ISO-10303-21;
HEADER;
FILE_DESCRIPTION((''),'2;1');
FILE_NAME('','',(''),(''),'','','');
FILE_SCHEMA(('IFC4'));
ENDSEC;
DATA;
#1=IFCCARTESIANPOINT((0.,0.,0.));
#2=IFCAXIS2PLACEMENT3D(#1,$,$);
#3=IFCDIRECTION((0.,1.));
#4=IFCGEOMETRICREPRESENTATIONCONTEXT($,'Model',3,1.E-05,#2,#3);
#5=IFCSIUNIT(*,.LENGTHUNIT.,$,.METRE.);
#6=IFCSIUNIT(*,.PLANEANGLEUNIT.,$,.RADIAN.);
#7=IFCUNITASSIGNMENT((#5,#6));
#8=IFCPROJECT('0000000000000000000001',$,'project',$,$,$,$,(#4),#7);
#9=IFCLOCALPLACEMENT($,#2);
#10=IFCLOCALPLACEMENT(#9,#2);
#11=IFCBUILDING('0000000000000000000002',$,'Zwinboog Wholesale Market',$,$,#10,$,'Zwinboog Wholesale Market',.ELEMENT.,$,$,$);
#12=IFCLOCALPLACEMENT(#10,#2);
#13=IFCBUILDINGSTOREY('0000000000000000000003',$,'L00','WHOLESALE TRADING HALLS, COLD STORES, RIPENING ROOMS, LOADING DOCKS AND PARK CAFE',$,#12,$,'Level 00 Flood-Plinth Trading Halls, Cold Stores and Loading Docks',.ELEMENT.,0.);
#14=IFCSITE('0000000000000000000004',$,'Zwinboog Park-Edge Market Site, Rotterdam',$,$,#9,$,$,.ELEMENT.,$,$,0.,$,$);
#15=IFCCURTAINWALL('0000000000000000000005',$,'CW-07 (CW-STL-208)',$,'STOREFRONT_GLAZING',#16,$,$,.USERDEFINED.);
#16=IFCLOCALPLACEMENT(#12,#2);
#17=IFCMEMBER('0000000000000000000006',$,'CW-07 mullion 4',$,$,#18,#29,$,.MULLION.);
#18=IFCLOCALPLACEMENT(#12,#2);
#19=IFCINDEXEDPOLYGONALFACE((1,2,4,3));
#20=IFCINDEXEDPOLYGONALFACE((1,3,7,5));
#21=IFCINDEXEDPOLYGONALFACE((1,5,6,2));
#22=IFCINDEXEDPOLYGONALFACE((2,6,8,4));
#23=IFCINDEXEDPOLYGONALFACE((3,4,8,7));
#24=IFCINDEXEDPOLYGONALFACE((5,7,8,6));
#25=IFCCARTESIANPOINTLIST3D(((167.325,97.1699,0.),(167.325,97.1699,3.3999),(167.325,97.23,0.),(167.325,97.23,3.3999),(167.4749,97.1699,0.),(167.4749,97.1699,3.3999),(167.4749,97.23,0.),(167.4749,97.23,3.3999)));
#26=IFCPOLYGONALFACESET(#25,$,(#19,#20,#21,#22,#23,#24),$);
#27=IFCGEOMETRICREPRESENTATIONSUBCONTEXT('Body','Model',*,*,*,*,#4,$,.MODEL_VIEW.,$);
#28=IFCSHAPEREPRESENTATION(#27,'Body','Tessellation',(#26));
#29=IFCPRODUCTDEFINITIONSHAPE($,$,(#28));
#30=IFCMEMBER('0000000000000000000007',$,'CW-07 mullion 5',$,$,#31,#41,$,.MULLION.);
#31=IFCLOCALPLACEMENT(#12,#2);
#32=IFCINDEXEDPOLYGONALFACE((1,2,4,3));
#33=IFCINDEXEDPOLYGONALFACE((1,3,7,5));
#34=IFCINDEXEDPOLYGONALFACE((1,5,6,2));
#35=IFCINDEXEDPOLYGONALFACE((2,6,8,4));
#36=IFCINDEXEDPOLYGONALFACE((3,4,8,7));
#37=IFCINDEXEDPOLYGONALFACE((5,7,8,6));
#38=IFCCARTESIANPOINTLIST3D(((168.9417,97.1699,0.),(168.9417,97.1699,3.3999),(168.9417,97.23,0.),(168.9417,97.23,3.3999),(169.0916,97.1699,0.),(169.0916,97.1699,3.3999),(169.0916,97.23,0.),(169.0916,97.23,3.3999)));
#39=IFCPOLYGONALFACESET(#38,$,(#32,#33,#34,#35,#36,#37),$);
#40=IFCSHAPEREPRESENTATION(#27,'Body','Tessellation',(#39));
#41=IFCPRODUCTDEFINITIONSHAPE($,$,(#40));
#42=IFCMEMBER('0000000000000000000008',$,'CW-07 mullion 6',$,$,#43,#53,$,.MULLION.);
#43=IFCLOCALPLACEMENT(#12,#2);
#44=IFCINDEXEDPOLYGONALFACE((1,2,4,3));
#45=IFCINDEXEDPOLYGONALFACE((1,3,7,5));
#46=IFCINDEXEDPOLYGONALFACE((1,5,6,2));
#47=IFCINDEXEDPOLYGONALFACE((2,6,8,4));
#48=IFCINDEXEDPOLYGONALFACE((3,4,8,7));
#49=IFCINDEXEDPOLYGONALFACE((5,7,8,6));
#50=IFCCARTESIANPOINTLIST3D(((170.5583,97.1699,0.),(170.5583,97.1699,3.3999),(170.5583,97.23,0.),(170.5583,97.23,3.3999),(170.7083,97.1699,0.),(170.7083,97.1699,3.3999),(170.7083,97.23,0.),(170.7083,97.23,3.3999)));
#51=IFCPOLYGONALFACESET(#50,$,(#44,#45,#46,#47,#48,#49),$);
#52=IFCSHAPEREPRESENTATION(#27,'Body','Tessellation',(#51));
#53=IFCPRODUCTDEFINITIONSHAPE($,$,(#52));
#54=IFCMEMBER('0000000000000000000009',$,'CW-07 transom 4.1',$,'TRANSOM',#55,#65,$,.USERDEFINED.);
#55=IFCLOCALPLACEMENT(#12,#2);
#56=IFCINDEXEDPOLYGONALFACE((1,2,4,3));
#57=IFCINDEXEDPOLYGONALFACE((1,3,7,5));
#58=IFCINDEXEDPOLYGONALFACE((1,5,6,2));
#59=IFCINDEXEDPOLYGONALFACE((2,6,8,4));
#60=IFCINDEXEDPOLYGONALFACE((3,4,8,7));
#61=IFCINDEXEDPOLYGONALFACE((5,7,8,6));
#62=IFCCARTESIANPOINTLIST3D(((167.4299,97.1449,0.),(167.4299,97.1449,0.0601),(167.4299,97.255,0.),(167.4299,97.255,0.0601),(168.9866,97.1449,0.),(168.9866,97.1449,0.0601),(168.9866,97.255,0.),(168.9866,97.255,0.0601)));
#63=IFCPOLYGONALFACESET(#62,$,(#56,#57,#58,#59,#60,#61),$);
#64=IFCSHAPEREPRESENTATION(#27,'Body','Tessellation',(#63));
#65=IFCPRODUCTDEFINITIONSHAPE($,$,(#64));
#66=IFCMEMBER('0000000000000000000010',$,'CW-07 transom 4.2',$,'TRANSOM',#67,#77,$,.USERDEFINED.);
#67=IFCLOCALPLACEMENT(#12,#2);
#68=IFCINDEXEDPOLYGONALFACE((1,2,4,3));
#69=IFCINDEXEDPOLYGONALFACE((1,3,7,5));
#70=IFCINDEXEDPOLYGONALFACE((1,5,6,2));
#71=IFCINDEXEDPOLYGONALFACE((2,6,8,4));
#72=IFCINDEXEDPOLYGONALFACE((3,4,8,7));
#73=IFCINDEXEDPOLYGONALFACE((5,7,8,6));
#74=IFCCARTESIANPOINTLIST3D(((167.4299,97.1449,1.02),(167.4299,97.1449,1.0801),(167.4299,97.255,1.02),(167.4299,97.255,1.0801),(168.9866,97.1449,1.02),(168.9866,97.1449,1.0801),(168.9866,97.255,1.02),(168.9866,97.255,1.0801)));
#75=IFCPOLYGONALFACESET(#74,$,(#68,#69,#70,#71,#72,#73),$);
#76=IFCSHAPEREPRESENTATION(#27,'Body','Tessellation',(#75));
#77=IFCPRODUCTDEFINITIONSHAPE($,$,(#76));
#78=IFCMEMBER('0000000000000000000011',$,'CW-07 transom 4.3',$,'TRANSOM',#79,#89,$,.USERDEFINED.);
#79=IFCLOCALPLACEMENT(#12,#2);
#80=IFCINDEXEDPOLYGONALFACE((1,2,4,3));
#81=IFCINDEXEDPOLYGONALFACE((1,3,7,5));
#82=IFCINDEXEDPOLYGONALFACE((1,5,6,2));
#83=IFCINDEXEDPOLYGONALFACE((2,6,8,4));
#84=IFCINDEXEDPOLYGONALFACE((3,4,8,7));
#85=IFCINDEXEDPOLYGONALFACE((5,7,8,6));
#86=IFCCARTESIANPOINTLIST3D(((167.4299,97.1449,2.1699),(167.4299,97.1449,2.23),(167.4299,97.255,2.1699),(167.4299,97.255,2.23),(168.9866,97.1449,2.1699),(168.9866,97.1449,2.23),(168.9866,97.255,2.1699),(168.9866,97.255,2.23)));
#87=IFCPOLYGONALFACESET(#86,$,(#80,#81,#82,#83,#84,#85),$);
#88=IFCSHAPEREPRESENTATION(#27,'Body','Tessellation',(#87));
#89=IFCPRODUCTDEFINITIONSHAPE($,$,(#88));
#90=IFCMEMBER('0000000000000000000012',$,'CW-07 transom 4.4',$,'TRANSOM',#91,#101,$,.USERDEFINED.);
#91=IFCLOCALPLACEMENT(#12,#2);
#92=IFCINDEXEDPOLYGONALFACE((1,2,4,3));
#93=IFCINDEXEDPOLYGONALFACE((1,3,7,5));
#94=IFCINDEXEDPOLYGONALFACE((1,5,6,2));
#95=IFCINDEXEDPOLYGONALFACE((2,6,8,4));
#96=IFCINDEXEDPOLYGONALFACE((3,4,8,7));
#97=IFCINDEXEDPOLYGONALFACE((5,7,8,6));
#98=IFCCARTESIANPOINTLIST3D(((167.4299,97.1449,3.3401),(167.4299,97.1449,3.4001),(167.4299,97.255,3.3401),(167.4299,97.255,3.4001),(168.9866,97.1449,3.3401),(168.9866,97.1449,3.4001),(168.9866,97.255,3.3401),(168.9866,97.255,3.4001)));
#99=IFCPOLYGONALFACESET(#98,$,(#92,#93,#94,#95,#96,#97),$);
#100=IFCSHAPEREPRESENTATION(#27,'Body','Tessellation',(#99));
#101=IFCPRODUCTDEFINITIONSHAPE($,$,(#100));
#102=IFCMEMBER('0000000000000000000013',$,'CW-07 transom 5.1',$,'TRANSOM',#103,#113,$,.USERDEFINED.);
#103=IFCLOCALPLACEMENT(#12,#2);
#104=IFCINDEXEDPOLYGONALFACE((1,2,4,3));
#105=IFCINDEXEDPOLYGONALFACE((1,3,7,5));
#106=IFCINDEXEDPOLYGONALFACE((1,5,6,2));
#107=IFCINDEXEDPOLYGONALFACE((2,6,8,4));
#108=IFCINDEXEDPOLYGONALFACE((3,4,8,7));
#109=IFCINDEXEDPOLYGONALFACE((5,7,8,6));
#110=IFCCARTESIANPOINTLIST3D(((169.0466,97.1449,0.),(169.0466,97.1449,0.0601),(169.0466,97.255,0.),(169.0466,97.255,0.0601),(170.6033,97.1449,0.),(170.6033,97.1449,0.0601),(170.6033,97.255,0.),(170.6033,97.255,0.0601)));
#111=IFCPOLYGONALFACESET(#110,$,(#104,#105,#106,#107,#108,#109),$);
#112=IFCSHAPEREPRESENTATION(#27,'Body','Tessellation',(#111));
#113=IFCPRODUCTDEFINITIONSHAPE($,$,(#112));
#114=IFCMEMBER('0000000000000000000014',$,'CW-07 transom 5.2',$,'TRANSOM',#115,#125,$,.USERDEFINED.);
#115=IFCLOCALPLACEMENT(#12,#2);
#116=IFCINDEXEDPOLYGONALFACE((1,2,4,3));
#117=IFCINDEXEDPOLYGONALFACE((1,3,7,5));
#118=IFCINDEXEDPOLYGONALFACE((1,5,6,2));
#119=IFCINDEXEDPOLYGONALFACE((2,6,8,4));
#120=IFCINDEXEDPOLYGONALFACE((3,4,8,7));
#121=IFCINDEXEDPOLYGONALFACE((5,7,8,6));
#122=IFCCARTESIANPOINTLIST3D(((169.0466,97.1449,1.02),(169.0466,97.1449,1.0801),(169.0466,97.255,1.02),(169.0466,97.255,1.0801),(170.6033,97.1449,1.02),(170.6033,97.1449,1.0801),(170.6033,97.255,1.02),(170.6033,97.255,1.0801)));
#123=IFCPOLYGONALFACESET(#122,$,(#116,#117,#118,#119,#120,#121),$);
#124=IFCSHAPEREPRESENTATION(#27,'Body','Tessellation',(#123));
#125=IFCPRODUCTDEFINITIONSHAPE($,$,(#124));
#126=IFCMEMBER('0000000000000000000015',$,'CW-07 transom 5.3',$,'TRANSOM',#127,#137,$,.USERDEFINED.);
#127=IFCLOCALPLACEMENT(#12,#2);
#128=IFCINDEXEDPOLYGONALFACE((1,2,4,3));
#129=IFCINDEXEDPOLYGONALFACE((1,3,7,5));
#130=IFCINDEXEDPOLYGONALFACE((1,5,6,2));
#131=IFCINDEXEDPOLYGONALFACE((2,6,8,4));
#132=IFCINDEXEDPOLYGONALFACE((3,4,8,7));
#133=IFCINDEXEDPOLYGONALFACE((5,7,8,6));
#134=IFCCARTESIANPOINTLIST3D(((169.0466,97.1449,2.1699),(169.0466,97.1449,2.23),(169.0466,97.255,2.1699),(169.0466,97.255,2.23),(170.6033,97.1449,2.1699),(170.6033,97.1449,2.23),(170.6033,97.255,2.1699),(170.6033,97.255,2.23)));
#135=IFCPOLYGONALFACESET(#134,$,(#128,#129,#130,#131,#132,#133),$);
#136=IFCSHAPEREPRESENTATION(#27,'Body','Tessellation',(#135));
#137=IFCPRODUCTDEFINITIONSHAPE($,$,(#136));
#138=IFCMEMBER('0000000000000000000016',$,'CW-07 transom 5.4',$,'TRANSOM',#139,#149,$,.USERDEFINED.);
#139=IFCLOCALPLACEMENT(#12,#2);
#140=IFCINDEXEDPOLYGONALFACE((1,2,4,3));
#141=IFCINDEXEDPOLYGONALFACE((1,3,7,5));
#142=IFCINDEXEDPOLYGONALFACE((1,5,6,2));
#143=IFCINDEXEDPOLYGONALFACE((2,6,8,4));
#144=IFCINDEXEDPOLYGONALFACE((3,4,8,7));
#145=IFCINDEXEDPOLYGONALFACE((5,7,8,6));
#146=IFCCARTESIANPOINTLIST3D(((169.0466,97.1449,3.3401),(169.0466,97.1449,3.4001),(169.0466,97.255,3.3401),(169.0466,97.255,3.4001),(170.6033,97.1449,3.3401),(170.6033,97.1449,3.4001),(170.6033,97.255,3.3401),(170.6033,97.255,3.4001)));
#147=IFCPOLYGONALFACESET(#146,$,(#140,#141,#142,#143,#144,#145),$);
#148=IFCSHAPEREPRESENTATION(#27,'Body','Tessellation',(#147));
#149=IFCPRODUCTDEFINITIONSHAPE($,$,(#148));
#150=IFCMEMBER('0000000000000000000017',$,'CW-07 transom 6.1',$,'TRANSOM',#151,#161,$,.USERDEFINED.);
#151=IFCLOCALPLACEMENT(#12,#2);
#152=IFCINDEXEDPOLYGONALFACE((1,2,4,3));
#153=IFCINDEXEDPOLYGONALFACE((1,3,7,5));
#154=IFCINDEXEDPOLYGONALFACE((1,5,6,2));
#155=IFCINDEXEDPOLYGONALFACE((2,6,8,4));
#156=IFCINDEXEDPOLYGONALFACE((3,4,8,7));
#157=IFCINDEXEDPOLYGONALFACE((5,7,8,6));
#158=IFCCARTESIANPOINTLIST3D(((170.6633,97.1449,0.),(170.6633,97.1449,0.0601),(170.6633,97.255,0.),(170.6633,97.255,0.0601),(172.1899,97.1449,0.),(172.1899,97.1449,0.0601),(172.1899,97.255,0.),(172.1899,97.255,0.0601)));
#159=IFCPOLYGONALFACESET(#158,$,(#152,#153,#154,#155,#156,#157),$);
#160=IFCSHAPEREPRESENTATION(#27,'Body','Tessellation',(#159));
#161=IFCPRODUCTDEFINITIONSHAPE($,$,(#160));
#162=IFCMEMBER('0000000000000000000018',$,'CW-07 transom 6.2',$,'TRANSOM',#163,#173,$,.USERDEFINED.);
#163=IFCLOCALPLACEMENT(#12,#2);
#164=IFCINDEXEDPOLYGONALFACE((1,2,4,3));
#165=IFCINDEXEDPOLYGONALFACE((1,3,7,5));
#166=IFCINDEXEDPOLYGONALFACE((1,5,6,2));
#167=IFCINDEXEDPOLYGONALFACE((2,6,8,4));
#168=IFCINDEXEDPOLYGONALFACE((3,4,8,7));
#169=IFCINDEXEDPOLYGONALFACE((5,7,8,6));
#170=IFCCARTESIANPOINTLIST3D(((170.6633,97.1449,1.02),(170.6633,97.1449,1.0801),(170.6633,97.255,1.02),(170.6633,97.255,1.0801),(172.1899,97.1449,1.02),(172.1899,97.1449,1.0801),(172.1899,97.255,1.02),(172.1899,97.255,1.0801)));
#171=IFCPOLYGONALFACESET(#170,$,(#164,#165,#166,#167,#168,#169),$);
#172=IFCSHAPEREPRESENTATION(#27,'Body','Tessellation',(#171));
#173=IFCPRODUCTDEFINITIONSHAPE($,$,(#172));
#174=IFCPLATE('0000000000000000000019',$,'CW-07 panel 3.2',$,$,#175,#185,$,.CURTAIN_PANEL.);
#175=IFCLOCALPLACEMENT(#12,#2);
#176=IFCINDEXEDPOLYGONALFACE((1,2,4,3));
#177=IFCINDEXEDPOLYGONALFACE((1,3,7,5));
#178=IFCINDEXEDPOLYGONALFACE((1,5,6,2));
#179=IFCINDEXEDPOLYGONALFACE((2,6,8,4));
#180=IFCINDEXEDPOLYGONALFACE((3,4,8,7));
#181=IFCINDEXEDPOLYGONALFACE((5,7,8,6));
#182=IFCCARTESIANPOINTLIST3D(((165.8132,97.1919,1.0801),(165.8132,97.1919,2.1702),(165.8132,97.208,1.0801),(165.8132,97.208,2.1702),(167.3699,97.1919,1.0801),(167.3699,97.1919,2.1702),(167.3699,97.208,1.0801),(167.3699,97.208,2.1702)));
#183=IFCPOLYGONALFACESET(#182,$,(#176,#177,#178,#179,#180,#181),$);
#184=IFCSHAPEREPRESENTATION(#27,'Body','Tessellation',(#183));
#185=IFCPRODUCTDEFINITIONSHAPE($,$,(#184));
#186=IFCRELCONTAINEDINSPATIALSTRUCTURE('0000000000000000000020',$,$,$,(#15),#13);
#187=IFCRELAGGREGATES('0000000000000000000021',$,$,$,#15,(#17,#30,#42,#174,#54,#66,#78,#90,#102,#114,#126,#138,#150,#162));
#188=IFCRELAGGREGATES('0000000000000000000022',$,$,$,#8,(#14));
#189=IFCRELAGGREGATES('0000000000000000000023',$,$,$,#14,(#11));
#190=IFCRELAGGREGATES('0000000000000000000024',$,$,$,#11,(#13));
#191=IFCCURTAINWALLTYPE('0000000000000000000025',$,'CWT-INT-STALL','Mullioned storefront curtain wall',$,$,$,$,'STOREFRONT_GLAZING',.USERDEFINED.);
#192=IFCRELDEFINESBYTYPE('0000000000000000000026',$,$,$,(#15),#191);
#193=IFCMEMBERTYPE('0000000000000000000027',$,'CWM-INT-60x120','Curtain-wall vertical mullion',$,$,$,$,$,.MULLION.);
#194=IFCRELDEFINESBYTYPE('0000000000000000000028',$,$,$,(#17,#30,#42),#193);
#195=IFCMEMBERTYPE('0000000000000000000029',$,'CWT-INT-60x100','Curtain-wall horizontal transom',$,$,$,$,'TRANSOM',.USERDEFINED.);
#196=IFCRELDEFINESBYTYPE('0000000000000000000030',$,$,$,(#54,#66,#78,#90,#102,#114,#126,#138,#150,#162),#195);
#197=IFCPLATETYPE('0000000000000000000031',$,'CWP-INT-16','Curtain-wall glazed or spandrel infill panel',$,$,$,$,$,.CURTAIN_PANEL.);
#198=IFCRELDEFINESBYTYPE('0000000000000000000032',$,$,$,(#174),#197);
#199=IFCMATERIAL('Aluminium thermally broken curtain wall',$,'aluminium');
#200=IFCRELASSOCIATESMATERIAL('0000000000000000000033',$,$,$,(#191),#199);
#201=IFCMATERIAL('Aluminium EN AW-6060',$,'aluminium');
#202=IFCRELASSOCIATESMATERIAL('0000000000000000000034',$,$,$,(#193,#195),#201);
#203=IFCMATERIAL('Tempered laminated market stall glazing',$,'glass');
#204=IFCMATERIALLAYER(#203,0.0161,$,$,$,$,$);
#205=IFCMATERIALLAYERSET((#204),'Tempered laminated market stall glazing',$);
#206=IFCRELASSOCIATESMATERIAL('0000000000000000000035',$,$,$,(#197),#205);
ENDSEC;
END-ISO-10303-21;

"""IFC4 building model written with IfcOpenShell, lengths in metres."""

from ifc_helpers import new_model, si_unit, direction, frame, origin, origin_2d, place, context, subcontext, project, spatial, rectangle, extrude, material, layer, layer_set, material_profile, profile_set, type_object, element, aggregate, save


model = new_model("IFC4")

# Units and contexts
model_context = context("Model", 3, precision=1e-05, world=origin(), true_north=direction((0.0, 1.0)))
body_context = subcontext(model_context, "Body", "Model", "MODEL_VIEW")
ifc_project = project(units=[si_unit("LENGTHUNIT", "METRE"), si_unit("PLANEANGLEUNIT", "RADIAN")], contexts=[model_context])

# Site, building, storey
site_placement = place(None, origin())
site = spatial("IfcSite", under=ifc_project, at=site_placement, Name="Zwinboog Park-Edge Market Site, Rotterdam", CompositionType="ELEMENT", RefElevation=0.0)
building_placement = place(site_placement, origin())
building = spatial("IfcBuilding", under=site, at=building_placement, Name="Zwinboog Wholesale Market", LongName="Zwinboog Wholesale Market", CompositionType="ELEMENT")
storey_placement = place(building_placement, origin())
storey = spatial("IfcBuildingStorey", under=building, at=storey_placement, Name="L00", Description="WHOLESALE TRADING HALLS, COLD STORES, RIPENING ROOMS, LOADING DOCKS AND PARK CAFE", LongName="Level 00 Flood-Plinth Trading Halls, Cold Stores and Loading Docks", CompositionType="ELEMENT", Elevation=0.0)

# Curtain wall, members, plate
ifc_material_1 = material(Name="Aluminium thermally broken curtain wall", Category="aluminium")
curtain_wall_type = type_object("IfcCurtainWallType", Name="CWT-INT-STALL", Description="Mullioned storefront curtain wall", ElementType="STOREFRONT_GLAZING", PredefinedType="USERDEFINED", material=ifc_material_1)
curtain_wall_placement = place(storey_placement, origin())
curtain_wall = element("IfcCurtainWall", 1, at=curtain_wall_placement, inside=storey, type_object=curtain_wall_type, Name="CW-07 (CW-STL-208)", ObjectType="STOREFRONT_GLAZING", PredefinedType="USERDEFINED")
ifc_material_2 = material(Name="Aluminium EN AW-6060", Category="aluminium")
ifc_material_profile_1 = material_profile(ifc_material_2, rectangle(XDim=0.0601, YDim=0.1499, at=origin_2d()), Name="AL 60x150")
ifc_profile_set_1 = profile_set([ifc_material_profile_1], Name="Aluminium EN AW-6060")
member_type_1 = type_object("IfcMemberType", Name="CWM-INT-60x120", Description="Curtain-wall vertical mullion", PredefinedType="MULLION", material=ifc_profile_set_1)
member_1_placement = place(storey_placement, frame((167.3999, 97.2, 0.0), z_axis=(0.0, 0.0, 1.0), x_axis=(0.0, 1.0, 0.0)))
member_1 = element("IfcMember", 2, at=member_1_placement, type_object=member_type_1, Name="CW-07 mullion 4", PredefinedType="MULLION", context=body_context, shape_type="SweptSolid", body=[
    extrude(rectangle(XDim=0.0601, YDim=0.1499, at=origin_2d()), origin(), (0.0, 0.0, 1.0), 3.3999),
])
member_2_placement = place(storey_placement, frame((169.0166, 97.2, 0.0), z_axis=(0.0, 0.0, 1.0), x_axis=(0.0, 1.0, 0.0)))
member_2 = element("IfcMember", 3, at=member_2_placement, type_object=member_type_1, Name="CW-07 mullion 5", PredefinedType="MULLION", context=body_context, shape_type="SweptSolid", body=[
    extrude(rectangle(XDim=0.0601, YDim=0.1499, at=origin_2d()), origin(), (0.0, 0.0, 1.0), 3.3999),
])
member_3_placement = place(storey_placement, frame((170.6333, 97.2, 0.0), z_axis=(0.0, 0.0, 1.0), x_axis=(0.0, 1.0, 0.0)))
member_3 = element("IfcMember", 4, at=member_3_placement, type_object=member_type_1, Name="CW-07 mullion 6", PredefinedType="MULLION", context=body_context, shape_type="SweptSolid", body=[
    extrude(rectangle(XDim=0.0601, YDim=0.1499, at=origin_2d()), origin(), (0.0, 0.0, 1.0), 3.3999),
])
ifc_material_profile_2 = material_profile(ifc_material_2, rectangle(XDim=0.1101, YDim=0.0601, at=origin_2d()), Name="AL 60x110")
ifc_profile_set_2 = profile_set([ifc_material_profile_2], Name="Aluminium EN AW-6060")
member_type_2 = type_object("IfcMemberType", Name="CWT-INT-60x100", Description="Curtain-wall horizontal transom", ElementType="TRANSOM", PredefinedType="USERDEFINED", material=ifc_profile_set_2)
member_4_placement = place(storey_placement, frame((167.4299, 97.2, 0.03), z_axis=(1.0, 0.0, 0.0), x_axis=(0.0, 1.0, 0.0)))
member_4 = element("IfcMember", 5, at=member_4_placement, type_object=member_type_2, Name="CW-07 transom 4.1", ObjectType="TRANSOM", PredefinedType="USERDEFINED", context=body_context, shape_type="SweptSolid", body=[
    extrude(rectangle(XDim=0.1101, YDim=0.0601, at=origin_2d()), origin(), (0.0, 0.0, 1.0), 1.5566),
])
member_5_placement = place(storey_placement, frame((167.4299, 97.2, 1.05), z_axis=(1.0, 0.0, 0.0), x_axis=(0.0, 1.0, 0.0)))
member_5 = element("IfcMember", 6, at=member_5_placement, type_object=member_type_2, Name="CW-07 transom 4.2", ObjectType="TRANSOM", PredefinedType="USERDEFINED", context=body_context, shape_type="SweptSolid", body=[
    extrude(rectangle(XDim=0.1101, YDim=0.0601, at=origin_2d()), origin(), (0.0, 0.0, 1.0), 1.5566),
])
member_6_placement = place(storey_placement, frame((167.4299, 97.2, 2.2), z_axis=(1.0, 0.0, 0.0), x_axis=(0.0, 1.0, 0.0)))
member_6 = element("IfcMember", 7, at=member_6_placement, type_object=member_type_2, Name="CW-07 transom 4.3", ObjectType="TRANSOM", PredefinedType="USERDEFINED", context=body_context, shape_type="SweptSolid", body=[
    extrude(rectangle(XDim=0.1101, YDim=0.0601, at=origin_2d()), origin(), (0.0, 0.0, 1.0), 1.5566),
])
member_7_placement = place(storey_placement, frame((167.4299, 97.2, 3.3701), z_axis=(1.0, 0.0, 0.0), x_axis=(0.0, 1.0, 0.0)))
member_7 = element("IfcMember", 8, at=member_7_placement, type_object=member_type_2, Name="CW-07 transom 4.4", ObjectType="TRANSOM", PredefinedType="USERDEFINED", context=body_context, shape_type="SweptSolid", body=[
    extrude(rectangle(XDim=0.1101, YDim=0.0601, at=origin_2d()), origin(), (0.0, 0.0, 1.0), 1.5566),
])
member_8_placement = place(storey_placement, frame((169.0466, 97.2, 0.03), z_axis=(1.0, 0.0, 0.0), x_axis=(0.0, 1.0, 0.0)))
member_8 = element("IfcMember", 9, at=member_8_placement, type_object=member_type_2, Name="CW-07 transom 5.1", ObjectType="TRANSOM", PredefinedType="USERDEFINED", context=body_context, shape_type="SweptSolid", body=[
    extrude(rectangle(XDim=0.1101, YDim=0.0601, at=origin_2d()), origin(), (0.0, 0.0, 1.0), 1.5566),
])
member_9_placement = place(storey_placement, frame((169.0466, 97.2, 1.05), z_axis=(1.0, 0.0, 0.0), x_axis=(0.0, 1.0, 0.0)))
member_9 = element("IfcMember", 10, at=member_9_placement, type_object=member_type_2, Name="CW-07 transom 5.2", ObjectType="TRANSOM", PredefinedType="USERDEFINED", context=body_context, shape_type="SweptSolid", body=[
    extrude(rectangle(XDim=0.1101, YDim=0.0601, at=origin_2d()), origin(), (0.0, 0.0, 1.0), 1.5566),
])
member_10_placement = place(storey_placement, frame((169.0466, 97.2, 2.2), z_axis=(1.0, 0.0, 0.0), x_axis=(0.0, 1.0, 0.0)))
member_10 = element("IfcMember", 11, at=member_10_placement, type_object=member_type_2, Name="CW-07 transom 5.3", ObjectType="TRANSOM", PredefinedType="USERDEFINED", context=body_context, shape_type="SweptSolid", body=[
    extrude(rectangle(XDim=0.1101, YDim=0.0601, at=origin_2d()), origin(), (0.0, 0.0, 1.0), 1.5566),
])
member_11_placement = place(storey_placement, frame((169.0466, 97.2, 3.3701), z_axis=(1.0, 0.0, 0.0), x_axis=(0.0, 1.0, 0.0)))
member_11 = element("IfcMember", 12, at=member_11_placement, type_object=member_type_2, Name="CW-07 transom 5.4", ObjectType="TRANSOM", PredefinedType="USERDEFINED", context=body_context, shape_type="SweptSolid", body=[
    extrude(rectangle(XDim=0.1101, YDim=0.0601, at=origin_2d()), origin(), (0.0, 0.0, 1.0), 1.5566),
])
member_12_placement = place(storey_placement, frame((170.6633, 97.2, 0.03), z_axis=(1.0, 0.0, 0.0), x_axis=(0.0, 1.0, 0.0)))
member_12 = element("IfcMember", 13, at=member_12_placement, type_object=member_type_2, Name="CW-07 transom 6.1", ObjectType="TRANSOM", PredefinedType="USERDEFINED", context=body_context, shape_type="SweptSolid", body=[
    extrude(rectangle(XDim=0.1101, YDim=0.0601, at=origin_2d()), origin(), (0.0, 0.0, 1.0), 1.5266),
])
member_13_placement = place(storey_placement, frame((170.6633, 97.2, 1.05), z_axis=(1.0, 0.0, 0.0), x_axis=(0.0, 1.0, 0.0)))
member_13 = element("IfcMember", 14, at=member_13_placement, type_object=member_type_2, Name="CW-07 transom 6.2", ObjectType="TRANSOM", PredefinedType="USERDEFINED", context=body_context, shape_type="SweptSolid", body=[
    extrude(rectangle(XDim=0.1101, YDim=0.0601, at=origin_2d()), origin(), (0.0, 0.0, 1.0), 1.5266),
])
ifc_material_3 = material(Name="Tempered laminated market stall glazing", Category="glass")
ifc_layer = layer(ifc_material_3, 0.0161)
ifc_layer_set = layer_set([ifc_layer], Name="Tempered laminated market stall glazing")
plate_type = type_object("IfcPlateType", Name="CWP-INT-16", Description="Curtain-wall glazed or spandrel infill panel", PredefinedType="CURTAIN_PANEL", material=ifc_layer_set)
plate_1_placement = place(storey_placement, frame((166.5916, 97.2, 1.0801), z_axis=(0.0, 0.0, 1.0), x_axis=(1.0, 0.0, 0.0)))
plate_1 = element("IfcPlate", 15, at=plate_1_placement, type_object=plate_type, Name="CW-07 panel 3.2", PredefinedType="CURTAIN_PANEL", context=body_context, shape_type="SweptSolid", body=[
    extrude(rectangle(XDim=1.5566, YDim=0.0161, at=origin_2d()), origin(), (0.0, 0.0, 1.0), 1.0901),
])
aggregate(curtain_wall, [member_1, member_2, member_3, plate_1, member_4, member_5, member_6, member_7, member_8, member_9, member_10, member_11, member_12, member_13])

save(model, "model.ifc")
